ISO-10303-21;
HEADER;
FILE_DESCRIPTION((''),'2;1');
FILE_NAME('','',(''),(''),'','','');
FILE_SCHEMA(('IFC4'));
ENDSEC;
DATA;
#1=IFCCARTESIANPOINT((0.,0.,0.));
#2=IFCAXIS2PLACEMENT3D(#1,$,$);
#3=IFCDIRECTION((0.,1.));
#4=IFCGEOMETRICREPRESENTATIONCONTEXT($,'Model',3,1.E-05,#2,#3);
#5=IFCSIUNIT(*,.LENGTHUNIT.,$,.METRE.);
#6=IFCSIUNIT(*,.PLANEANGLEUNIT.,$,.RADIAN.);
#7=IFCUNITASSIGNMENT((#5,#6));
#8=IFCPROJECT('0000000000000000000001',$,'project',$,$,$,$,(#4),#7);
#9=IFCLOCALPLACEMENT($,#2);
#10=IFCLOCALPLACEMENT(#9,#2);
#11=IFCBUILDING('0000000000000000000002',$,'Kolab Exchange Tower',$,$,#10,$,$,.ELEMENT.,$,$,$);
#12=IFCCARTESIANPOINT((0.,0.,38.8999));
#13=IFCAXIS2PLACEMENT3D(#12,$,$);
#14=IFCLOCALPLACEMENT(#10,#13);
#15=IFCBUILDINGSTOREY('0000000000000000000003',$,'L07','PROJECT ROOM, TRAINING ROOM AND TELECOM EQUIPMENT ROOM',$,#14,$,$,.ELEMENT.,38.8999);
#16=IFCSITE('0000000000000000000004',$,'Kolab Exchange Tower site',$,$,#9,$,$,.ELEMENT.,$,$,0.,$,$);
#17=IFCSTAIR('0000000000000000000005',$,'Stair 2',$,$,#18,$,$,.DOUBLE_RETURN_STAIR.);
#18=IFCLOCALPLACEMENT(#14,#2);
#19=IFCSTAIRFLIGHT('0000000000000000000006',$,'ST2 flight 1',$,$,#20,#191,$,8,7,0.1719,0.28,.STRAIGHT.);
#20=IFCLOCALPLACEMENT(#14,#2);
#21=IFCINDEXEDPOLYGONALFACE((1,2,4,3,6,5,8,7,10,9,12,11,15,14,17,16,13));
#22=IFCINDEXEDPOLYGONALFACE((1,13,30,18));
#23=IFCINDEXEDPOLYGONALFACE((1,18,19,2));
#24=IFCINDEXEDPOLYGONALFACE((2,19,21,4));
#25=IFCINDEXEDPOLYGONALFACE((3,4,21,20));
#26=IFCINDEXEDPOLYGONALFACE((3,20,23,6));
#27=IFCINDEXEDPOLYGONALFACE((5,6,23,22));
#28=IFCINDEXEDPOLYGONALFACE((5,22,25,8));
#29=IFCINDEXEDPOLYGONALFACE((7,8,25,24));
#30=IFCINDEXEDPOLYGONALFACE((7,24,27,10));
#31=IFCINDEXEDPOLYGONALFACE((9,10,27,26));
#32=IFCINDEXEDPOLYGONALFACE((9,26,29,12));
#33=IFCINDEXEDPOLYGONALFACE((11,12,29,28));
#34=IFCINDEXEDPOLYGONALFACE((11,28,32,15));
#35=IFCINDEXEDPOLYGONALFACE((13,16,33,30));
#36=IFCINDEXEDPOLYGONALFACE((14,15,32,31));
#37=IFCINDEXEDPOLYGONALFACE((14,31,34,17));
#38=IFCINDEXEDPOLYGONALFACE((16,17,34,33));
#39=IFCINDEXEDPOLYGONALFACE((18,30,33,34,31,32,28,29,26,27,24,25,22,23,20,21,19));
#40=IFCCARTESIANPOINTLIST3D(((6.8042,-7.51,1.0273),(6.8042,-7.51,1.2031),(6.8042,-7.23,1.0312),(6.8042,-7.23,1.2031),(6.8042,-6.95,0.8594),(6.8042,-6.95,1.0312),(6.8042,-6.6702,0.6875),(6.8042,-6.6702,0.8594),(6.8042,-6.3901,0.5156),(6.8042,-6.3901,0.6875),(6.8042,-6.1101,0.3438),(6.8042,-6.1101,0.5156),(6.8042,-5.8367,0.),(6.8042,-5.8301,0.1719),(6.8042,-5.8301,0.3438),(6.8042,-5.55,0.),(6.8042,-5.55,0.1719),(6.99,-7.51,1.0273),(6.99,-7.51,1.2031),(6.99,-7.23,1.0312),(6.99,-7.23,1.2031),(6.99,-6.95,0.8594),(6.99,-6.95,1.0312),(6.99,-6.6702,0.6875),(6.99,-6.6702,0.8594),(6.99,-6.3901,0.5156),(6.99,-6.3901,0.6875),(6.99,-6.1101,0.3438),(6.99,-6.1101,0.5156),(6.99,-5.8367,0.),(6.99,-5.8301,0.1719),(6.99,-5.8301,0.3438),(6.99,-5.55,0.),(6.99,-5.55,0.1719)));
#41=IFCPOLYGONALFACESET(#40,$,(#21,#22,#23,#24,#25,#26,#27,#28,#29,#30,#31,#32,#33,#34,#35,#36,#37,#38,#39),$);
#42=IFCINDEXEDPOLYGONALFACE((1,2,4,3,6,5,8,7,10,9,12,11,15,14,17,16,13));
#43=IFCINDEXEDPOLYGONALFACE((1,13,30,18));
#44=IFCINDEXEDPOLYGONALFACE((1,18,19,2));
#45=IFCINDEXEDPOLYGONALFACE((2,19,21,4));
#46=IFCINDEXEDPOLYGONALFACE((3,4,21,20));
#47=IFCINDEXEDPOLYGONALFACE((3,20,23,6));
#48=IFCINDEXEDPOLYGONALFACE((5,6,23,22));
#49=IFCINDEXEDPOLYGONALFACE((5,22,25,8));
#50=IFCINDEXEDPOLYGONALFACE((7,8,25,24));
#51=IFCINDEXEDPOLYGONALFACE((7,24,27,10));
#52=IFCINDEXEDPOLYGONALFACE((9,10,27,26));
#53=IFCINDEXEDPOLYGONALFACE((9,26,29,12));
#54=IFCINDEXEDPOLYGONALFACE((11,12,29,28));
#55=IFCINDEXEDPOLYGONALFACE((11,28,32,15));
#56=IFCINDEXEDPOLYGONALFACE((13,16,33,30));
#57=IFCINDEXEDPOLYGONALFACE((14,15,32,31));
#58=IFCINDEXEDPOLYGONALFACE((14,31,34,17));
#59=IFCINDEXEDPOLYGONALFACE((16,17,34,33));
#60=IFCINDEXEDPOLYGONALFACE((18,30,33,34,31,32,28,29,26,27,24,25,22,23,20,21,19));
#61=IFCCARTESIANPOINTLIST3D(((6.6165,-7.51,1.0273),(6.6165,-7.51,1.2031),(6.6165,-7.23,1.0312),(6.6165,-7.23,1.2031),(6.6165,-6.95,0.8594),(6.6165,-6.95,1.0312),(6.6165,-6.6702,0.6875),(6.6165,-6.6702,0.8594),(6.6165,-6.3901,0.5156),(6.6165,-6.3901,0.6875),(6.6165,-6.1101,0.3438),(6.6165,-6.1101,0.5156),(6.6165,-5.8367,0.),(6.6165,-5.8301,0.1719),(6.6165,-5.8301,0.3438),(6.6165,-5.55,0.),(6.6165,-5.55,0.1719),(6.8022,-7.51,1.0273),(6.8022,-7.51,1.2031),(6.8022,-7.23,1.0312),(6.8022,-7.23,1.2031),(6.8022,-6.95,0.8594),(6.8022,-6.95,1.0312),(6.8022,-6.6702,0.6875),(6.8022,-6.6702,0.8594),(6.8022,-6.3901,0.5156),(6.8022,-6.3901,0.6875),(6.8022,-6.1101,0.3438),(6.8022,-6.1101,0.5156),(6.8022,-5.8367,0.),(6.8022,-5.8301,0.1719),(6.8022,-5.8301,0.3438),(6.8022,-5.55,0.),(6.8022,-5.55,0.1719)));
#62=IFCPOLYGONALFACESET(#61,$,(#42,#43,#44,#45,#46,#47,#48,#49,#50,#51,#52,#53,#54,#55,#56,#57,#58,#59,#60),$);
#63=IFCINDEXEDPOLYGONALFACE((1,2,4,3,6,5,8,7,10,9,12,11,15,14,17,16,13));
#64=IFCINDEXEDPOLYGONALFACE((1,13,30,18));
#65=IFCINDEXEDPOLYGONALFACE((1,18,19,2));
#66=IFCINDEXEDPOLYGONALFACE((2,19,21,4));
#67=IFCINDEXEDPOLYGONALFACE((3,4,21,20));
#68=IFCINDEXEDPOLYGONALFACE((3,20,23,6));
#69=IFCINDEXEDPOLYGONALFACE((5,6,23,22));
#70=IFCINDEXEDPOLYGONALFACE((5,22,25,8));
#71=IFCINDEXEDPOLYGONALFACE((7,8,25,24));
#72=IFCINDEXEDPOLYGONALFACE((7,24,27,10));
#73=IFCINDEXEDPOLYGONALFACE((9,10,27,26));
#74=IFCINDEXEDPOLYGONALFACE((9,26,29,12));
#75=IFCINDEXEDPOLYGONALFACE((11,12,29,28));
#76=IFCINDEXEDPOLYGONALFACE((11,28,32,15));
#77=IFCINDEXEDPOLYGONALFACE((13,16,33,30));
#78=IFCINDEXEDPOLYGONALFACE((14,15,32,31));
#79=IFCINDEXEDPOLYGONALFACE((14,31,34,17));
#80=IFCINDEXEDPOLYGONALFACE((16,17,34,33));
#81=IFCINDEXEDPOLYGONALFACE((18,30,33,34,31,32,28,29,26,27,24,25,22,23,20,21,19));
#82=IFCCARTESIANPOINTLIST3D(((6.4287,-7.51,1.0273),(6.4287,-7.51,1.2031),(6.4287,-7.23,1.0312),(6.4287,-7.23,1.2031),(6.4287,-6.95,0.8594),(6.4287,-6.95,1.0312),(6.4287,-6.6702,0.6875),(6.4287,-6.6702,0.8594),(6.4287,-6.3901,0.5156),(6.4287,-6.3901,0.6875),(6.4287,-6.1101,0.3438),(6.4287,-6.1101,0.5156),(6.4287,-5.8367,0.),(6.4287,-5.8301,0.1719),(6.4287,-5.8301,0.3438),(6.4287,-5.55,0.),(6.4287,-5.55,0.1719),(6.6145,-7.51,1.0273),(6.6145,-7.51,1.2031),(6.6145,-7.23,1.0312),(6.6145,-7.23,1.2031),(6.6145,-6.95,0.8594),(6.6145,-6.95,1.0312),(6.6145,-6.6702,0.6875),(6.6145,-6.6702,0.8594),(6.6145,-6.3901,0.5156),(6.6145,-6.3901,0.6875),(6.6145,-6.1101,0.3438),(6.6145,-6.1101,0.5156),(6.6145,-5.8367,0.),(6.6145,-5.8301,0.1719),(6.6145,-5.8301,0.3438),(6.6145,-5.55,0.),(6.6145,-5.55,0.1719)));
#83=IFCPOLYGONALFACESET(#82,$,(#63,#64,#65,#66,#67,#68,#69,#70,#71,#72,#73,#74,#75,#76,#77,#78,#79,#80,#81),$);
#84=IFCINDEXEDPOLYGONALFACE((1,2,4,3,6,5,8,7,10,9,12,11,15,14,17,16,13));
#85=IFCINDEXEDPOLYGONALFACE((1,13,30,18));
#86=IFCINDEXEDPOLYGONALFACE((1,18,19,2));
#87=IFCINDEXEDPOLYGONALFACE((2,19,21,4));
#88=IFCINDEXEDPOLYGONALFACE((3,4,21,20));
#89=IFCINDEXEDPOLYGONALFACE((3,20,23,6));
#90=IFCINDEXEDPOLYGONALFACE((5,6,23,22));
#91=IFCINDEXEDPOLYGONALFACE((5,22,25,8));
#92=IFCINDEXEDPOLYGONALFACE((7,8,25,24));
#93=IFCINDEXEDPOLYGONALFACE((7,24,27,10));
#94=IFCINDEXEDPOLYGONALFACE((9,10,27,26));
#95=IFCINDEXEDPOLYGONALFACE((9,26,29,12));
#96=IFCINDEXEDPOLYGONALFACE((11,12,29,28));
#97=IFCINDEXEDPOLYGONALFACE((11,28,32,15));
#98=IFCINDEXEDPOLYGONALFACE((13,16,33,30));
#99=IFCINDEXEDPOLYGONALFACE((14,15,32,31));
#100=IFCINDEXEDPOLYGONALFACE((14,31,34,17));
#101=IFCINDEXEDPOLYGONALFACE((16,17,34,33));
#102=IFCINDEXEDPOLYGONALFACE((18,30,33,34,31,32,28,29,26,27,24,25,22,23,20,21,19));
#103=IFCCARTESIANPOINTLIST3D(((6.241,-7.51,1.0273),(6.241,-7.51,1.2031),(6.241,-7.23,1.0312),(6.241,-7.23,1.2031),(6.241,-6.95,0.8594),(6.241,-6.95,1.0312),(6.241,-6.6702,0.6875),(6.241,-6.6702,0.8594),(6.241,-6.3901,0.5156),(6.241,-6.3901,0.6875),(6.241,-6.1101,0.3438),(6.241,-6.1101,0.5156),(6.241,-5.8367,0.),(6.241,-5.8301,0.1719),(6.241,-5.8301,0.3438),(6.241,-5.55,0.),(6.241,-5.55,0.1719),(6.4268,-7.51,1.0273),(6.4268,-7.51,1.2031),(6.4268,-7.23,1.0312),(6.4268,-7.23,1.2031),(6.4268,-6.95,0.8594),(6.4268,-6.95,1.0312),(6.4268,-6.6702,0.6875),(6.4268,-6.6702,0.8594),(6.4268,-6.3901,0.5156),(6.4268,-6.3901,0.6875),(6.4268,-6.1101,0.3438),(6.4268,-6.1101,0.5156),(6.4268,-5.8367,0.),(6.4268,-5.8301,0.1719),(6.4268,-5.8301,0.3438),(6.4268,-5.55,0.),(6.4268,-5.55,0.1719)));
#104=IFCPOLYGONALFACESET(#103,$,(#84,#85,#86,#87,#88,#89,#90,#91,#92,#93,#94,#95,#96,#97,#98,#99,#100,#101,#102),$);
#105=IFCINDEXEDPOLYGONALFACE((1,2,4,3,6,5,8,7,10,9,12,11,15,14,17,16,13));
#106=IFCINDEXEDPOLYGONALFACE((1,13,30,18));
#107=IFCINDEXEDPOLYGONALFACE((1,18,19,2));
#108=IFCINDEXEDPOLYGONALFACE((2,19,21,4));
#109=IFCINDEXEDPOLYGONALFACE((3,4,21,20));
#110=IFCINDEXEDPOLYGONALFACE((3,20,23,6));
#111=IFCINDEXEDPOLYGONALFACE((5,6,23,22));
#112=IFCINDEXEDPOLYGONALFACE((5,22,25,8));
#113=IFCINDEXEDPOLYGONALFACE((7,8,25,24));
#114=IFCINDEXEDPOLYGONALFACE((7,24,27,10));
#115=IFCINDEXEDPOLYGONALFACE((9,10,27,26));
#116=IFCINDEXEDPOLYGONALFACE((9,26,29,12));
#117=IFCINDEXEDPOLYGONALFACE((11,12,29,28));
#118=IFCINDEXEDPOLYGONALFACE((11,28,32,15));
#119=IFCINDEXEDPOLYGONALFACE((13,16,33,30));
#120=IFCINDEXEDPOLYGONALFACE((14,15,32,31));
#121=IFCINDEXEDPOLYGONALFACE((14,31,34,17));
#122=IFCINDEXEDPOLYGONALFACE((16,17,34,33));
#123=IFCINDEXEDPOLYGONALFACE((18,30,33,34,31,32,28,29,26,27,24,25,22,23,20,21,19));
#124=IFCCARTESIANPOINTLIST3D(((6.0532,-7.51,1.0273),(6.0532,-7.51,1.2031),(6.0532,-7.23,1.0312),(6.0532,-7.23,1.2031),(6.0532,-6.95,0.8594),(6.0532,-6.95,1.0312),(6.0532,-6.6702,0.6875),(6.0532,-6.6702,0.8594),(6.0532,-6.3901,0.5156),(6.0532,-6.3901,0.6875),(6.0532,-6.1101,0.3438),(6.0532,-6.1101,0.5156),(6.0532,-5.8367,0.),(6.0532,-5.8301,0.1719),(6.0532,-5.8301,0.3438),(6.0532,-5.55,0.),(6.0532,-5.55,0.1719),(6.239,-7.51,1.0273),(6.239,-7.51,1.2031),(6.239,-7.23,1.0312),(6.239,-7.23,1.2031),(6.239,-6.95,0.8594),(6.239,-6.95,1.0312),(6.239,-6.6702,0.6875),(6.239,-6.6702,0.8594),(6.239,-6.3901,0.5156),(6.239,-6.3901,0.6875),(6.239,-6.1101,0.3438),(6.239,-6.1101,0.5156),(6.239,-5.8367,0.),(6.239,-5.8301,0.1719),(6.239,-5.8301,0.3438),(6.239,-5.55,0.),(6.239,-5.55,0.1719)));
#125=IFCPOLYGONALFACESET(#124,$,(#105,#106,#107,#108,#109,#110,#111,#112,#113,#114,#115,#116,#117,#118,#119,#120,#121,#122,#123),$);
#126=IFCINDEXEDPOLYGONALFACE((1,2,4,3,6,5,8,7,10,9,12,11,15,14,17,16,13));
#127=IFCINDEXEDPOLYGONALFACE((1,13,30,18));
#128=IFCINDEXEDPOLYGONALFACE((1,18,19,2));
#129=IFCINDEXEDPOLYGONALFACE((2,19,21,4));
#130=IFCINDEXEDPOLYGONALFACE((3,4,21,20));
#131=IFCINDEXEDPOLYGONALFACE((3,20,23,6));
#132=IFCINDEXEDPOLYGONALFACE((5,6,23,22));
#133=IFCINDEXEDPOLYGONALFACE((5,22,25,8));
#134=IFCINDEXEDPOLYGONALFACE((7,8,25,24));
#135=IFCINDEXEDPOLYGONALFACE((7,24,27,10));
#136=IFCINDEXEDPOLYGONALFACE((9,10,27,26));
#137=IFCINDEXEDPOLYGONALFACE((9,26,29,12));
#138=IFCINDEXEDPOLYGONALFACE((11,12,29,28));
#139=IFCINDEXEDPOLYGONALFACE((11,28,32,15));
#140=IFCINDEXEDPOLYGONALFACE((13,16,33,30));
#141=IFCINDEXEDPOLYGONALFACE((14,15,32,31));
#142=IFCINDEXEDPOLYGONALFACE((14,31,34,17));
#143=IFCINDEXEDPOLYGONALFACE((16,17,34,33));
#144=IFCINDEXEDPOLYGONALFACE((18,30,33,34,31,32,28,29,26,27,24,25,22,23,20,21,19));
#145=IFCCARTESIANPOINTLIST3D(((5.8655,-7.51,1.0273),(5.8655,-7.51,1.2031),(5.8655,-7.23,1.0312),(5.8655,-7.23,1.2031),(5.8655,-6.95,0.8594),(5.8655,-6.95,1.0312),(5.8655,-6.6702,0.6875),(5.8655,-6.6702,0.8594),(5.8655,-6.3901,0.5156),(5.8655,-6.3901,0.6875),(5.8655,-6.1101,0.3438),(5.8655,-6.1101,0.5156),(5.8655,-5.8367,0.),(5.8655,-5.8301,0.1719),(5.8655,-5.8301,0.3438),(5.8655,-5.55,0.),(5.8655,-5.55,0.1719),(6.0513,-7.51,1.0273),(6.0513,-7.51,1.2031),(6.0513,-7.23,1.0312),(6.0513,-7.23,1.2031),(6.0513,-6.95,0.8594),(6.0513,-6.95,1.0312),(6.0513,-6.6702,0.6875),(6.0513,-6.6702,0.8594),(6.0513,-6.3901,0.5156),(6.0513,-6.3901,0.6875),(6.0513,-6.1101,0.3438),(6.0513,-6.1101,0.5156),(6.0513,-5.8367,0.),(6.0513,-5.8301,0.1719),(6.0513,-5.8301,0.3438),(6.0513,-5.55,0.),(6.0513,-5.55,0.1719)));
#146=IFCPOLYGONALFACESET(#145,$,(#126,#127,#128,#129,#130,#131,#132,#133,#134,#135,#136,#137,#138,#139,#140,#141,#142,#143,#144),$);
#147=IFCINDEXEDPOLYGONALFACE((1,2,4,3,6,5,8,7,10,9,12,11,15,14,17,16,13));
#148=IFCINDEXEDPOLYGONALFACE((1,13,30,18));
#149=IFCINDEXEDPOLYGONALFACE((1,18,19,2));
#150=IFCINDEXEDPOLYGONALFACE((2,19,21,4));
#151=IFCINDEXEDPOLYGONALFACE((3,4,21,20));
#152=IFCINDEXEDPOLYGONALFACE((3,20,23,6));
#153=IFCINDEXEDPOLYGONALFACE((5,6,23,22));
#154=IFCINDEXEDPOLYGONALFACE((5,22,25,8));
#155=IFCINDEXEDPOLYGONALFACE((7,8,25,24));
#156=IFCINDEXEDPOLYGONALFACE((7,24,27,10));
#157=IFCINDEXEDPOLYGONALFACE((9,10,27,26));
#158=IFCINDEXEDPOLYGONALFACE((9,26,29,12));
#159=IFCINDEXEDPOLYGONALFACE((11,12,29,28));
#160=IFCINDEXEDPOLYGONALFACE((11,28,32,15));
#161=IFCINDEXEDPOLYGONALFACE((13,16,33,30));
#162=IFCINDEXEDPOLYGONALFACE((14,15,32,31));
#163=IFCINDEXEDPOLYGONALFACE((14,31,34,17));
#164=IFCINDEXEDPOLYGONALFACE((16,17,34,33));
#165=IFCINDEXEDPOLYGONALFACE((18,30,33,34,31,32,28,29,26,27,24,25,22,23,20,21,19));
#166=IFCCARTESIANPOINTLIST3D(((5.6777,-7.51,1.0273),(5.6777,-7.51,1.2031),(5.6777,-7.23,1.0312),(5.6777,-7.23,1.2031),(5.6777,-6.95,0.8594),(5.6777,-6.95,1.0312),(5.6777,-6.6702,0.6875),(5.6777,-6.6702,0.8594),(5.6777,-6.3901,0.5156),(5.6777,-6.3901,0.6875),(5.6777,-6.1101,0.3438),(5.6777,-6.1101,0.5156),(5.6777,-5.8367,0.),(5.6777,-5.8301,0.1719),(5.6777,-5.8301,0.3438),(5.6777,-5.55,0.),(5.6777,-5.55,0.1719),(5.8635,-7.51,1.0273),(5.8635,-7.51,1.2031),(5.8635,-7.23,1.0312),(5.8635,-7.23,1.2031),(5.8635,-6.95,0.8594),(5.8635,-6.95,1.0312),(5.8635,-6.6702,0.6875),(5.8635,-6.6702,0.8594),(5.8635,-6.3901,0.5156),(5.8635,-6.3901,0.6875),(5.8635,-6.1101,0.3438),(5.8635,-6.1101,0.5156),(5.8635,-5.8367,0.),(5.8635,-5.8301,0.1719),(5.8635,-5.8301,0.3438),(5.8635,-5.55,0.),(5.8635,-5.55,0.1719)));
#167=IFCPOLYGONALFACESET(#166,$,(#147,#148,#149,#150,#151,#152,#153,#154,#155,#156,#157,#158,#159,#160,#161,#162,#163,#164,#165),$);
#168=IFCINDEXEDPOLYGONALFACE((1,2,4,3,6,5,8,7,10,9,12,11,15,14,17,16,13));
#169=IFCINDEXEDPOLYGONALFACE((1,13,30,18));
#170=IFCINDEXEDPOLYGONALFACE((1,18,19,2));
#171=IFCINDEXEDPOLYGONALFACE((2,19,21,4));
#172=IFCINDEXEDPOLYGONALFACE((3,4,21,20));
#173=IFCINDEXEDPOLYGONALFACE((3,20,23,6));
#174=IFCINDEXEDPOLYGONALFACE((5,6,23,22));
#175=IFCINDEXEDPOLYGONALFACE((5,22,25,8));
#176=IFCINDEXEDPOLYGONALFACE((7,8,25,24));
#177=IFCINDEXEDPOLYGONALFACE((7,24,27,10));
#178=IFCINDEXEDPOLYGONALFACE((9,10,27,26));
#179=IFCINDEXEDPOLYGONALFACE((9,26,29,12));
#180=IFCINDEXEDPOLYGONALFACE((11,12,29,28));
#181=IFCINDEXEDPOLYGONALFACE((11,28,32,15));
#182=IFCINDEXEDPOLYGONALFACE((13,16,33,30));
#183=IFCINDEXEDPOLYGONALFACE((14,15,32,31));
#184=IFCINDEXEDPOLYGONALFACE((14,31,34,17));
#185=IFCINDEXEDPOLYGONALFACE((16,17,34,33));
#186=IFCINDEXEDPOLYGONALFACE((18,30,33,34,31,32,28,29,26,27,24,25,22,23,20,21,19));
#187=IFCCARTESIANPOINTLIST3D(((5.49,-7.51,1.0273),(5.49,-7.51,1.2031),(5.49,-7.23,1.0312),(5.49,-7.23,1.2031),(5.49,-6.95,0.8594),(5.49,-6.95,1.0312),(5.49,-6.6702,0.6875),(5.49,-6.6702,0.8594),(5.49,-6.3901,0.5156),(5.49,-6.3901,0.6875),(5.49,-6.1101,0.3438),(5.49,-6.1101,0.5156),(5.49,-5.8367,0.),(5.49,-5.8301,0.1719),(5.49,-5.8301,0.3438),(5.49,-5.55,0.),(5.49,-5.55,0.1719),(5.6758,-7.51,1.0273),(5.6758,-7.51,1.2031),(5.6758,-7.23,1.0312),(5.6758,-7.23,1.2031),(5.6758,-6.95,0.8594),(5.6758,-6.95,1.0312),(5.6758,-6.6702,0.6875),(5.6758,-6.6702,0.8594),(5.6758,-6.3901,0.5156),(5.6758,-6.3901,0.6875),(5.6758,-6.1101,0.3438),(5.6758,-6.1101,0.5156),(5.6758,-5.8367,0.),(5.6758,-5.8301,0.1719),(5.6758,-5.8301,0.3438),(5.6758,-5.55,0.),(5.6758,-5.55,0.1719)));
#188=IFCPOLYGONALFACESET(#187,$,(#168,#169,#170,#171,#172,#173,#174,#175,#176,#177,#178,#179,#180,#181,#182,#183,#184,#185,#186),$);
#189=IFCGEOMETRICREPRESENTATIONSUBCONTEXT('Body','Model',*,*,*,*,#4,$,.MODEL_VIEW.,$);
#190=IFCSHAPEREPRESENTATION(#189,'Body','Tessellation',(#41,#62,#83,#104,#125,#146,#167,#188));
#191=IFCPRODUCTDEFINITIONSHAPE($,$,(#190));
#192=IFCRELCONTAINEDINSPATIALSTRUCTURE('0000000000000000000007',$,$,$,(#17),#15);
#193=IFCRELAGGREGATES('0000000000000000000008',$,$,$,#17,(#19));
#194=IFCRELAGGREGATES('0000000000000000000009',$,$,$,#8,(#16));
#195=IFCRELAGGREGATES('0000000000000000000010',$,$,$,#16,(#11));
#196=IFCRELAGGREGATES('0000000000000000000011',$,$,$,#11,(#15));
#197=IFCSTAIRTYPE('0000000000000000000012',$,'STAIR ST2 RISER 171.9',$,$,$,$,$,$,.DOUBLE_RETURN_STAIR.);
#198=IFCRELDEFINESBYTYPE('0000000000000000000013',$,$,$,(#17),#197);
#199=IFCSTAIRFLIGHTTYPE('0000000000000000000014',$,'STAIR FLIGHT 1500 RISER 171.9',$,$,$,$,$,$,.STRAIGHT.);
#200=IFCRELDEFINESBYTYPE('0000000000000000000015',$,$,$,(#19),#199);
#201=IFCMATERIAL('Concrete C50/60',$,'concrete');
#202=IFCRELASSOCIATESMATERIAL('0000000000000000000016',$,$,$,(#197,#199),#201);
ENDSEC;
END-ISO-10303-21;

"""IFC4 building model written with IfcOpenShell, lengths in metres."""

from ifc_helpers import new_model, si_unit, direction, frame, origin, place, context, subcontext, project, spatial, polyline, outline, extrude, material, type_object, element, aggregate, save


model = new_model("IFC4")

# Units and contexts
model_context = context("Model", 3, precision=1e-05, world=origin(), true_north=direction((0.0, 1.0)))
body_context = subcontext(model_context, "Body", "Model", "MODEL_VIEW")
ifc_project = project(units=[si_unit("LENGTHUNIT", "METRE"), si_unit("PLANEANGLEUNIT", "RADIAN")], contexts=[model_context])

# Site, building, storey
site_placement = place(None, origin())
site = spatial("IfcSite", under=ifc_project, at=site_placement, Name="Kolab Exchange Tower site", CompositionType="ELEMENT", RefElevation=0.0)
building_placement = place(site_placement, origin())
building = spatial("IfcBuilding", under=site, at=building_placement, Name="Kolab Exchange Tower", CompositionType="ELEMENT")
storey_placement = place(building_placement, frame((0.0, 0.0, 38.8999)))
storey = spatial("IfcBuildingStorey", under=building, at=storey_placement, Name="L07", Description="PROJECT ROOM, TRAINING ROOM AND TELECOM EQUIPMENT ROOM", CompositionType="ELEMENT", Elevation=38.8999)

# Shared definitions
ifc_material_1 = material(Name="Concrete C50/60", Category="concrete")

# Stair, stair flight
stair_type = type_object("IfcStairType", Name="STAIR ST2 RISER 171.9", PredefinedType="DOUBLE_RETURN_STAIR", material=ifc_material_1)
stair_placement = place(storey_placement, origin())
stair = element("IfcStair", 1, at=stair_placement, inside=storey, type_object=stair_type, Name="Stair 2", PredefinedType="DOUBLE_RETURN_STAIR")
stair_flight_type = type_object("IfcStairFlightType", Name="STAIR FLIGHT 1500 RISER 171.9", PredefinedType="STRAIGHT", material=ifc_material_1)
stair_flight_1_placement = place(storey_placement, frame((6.24, -5.55, 0.0), z_axis=(0.0, 0.0, 1.0), x_axis=(0.0, -1.0, 0.0)))
stair_flight_1 = element("IfcStairFlight", 2, at=stair_flight_1_placement, type_object=stair_flight_type, Name="ST2 flight 1", NumberOfRisers=8, NumberOfTreads=7, PredefinedType="STRAIGHT", RiserHeight=0.1719, TreadLength=0.28, context=body_context, shape_type="SweptSolid", body=[
    extrude(outline(polyline([(0.0, 0.0), (0.0, 0.1719), (0.28, 0.1719), (0.28, 0.3438), (0.5601, 0.3438), (0.5601, 0.5156), (0.8401, 0.5156), (0.8401, 0.6875), (1.1201, 0.6875), (1.1201, 0.8594), (1.3999, 0.8594), (1.3999, 1.0312), (1.6799, 1.0312), (1.6799, 1.2031), (1.96, 1.2031), (1.96, 1.375), (1.96, 1.0273), (0.2866, 0.0), (0.0, 0.0)])), frame((0.0, 0.75, 0.0), z_axis=(0.0, -1.0, 0.0), x_axis=(1.0, 0.0, 0.0)), (0.0, 0.0, 1.0), 0.1858),
    extrude(outline(polyline([(0.0, 0.0), (0.0, 0.1719), (0.28, 0.1719), (0.28, 0.3438), (0.5601, 0.3438), (0.5601, 0.5156), (0.8401, 0.5156), (0.8401, 0.6875), (1.1201, 0.6875), (1.1201, 0.8594), (1.3999, 0.8594), (1.3999, 1.0312), (1.6799, 1.0312), (1.6799, 1.2031), (1.96, 1.2031), (1.96, 1.375), (1.96, 1.0273), (0.2866, 0.0), (0.0, 0.0)])), frame((0.0, 0.5623, 0.0), z_axis=(0.0, -1.0, 0.0), x_axis=(1.0, 0.0, 0.0)), (0.0, 0.0, 1.0), 0.1858),
    extrude(outline(polyline([(0.0, 0.0), (0.0, 0.1719), (0.28, 0.1719), (0.28, 0.3438), (0.5601, 0.3438), (0.5601, 0.5156), (0.8401, 0.5156), (0.8401, 0.6875), (1.1201, 0.6875), (1.1201, 0.8594), (1.3999, 0.8594), (1.3999, 1.0312), (1.6799, 1.0312), (1.6799, 1.2031), (1.96, 1.2031), (1.96, 1.375), (1.96, 1.0273), (0.2866, 0.0), (0.0, 0.0)])), frame((0.0, 0.3745, 0.0), z_axis=(0.0, -1.0, 0.0), x_axis=(1.0, 0.0, 0.0)), (0.0, 0.0, 1.0), 0.1858),
    extrude(outline(polyline([(0.0, 0.0), (0.0, 0.1719), (0.28, 0.1719), (0.28, 0.3438), (0.5601, 0.3438), (0.5601, 0.5156), (0.8401, 0.5156), (0.8401, 0.6875), (1.1201, 0.6875), (1.1201, 0.8594), (1.3999, 0.8594), (1.3999, 1.0312), (1.6799, 1.0312), (1.6799, 1.2031), (1.96, 1.2031), (1.96, 1.375), (1.96, 1.0273), (0.2866, 0.0), (0.0, 0.0)])), frame((0.0, 0.1868, 0.0), z_axis=(0.0, -1.0, 0.0), x_axis=(1.0, 0.0, 0.0)), (0.0, 0.0, 1.0), 0.1858),
    extrude(outline(polyline([(0.0, 0.0), (0.0, 0.1719), (0.28, 0.1719), (0.28, 0.3438), (0.5601, 0.3438), (0.5601, 0.5156), (0.8401, 0.5156), (0.8401, 0.6875), (1.1201, 0.6875), (1.1201, 0.8594), (1.3999, 0.8594), (1.3999, 1.0312), (1.6799, 1.0312), (1.6799, 1.2031), (1.96, 1.2031), (1.96, 1.375), (1.96, 1.0273), (0.2866, 0.0), (0.0, 0.0)])), frame((0.0, -0.001, 0.0), z_axis=(0.0, -1.0, 0.0), x_axis=(1.0, 0.0, 0.0)), (0.0, 0.0, 1.0), 0.1858),
    extrude(outline(polyline([(0.0, 0.0), (0.0, 0.1719), (0.28, 0.1719), (0.28, 0.3438), (0.5601, 0.3438), (0.5601, 0.5156), (0.8401, 0.5156), (0.8401, 0.6875), (1.1201, 0.6875), (1.1201, 0.8594), (1.3999, 0.8594), (1.3999, 1.0312), (1.6799, 1.0312), (1.6799, 1.2031), (1.96, 1.2031), (1.96, 1.375), (1.96, 1.0273), (0.2866, 0.0), (0.0, 0.0)])), frame((0.0, -0.1887, 0.0), z_axis=(0.0, -1.0, 0.0), x_axis=(1.0, 0.0, 0.0)), (0.0, 0.0, 1.0), 0.1858),
    extrude(outline(polyline([(0.0, 0.0), (0.0, 0.1719), (0.28, 0.1719), (0.28, 0.3438), (0.5601, 0.3438), (0.5601, 0.5156), (0.8401, 0.5156), (0.8401, 0.6875), (1.1201, 0.6875), (1.1201, 0.8594), (1.3999, 0.8594), (1.3999, 1.0312), (1.6799, 1.0312), (1.6799, 1.2031), (1.96, 1.2031), (1.96, 1.375), (1.96, 1.0273), (0.2866, 0.0), (0.0, 0.0)])), frame((0.0, -0.3765, 0.0), z_axis=(0.0, -1.0, 0.0), x_axis=(1.0, 0.0, 0.0)), (0.0, 0.0, 1.0), 0.1858),
    extrude(outline(polyline([(0.0, 0.0), (0.0, 0.1719), (0.28, 0.1719), (0.28, 0.3438), (0.5601, 0.3438), (0.5601, 0.5156), (0.8401, 0.5156), (0.8401, 0.6875), (1.1201, 0.6875), (1.1201, 0.8594), (1.3999, 0.8594), (1.3999, 1.0312), (1.6799, 1.0312), (1.6799, 1.2031), (1.96, 1.2031), (1.96, 1.375), (1.96, 1.0273), (0.2866, 0.0), (0.0, 0.0)])), frame((0.0, -0.5642, 0.0), z_axis=(0.0, -1.0, 0.0), x_axis=(1.0, 0.0, 0.0)), (0.0, 0.0, 1.0), 0.1858),
])
aggregate(stair, [stair_flight_1])

save(model, "model.ifc")
